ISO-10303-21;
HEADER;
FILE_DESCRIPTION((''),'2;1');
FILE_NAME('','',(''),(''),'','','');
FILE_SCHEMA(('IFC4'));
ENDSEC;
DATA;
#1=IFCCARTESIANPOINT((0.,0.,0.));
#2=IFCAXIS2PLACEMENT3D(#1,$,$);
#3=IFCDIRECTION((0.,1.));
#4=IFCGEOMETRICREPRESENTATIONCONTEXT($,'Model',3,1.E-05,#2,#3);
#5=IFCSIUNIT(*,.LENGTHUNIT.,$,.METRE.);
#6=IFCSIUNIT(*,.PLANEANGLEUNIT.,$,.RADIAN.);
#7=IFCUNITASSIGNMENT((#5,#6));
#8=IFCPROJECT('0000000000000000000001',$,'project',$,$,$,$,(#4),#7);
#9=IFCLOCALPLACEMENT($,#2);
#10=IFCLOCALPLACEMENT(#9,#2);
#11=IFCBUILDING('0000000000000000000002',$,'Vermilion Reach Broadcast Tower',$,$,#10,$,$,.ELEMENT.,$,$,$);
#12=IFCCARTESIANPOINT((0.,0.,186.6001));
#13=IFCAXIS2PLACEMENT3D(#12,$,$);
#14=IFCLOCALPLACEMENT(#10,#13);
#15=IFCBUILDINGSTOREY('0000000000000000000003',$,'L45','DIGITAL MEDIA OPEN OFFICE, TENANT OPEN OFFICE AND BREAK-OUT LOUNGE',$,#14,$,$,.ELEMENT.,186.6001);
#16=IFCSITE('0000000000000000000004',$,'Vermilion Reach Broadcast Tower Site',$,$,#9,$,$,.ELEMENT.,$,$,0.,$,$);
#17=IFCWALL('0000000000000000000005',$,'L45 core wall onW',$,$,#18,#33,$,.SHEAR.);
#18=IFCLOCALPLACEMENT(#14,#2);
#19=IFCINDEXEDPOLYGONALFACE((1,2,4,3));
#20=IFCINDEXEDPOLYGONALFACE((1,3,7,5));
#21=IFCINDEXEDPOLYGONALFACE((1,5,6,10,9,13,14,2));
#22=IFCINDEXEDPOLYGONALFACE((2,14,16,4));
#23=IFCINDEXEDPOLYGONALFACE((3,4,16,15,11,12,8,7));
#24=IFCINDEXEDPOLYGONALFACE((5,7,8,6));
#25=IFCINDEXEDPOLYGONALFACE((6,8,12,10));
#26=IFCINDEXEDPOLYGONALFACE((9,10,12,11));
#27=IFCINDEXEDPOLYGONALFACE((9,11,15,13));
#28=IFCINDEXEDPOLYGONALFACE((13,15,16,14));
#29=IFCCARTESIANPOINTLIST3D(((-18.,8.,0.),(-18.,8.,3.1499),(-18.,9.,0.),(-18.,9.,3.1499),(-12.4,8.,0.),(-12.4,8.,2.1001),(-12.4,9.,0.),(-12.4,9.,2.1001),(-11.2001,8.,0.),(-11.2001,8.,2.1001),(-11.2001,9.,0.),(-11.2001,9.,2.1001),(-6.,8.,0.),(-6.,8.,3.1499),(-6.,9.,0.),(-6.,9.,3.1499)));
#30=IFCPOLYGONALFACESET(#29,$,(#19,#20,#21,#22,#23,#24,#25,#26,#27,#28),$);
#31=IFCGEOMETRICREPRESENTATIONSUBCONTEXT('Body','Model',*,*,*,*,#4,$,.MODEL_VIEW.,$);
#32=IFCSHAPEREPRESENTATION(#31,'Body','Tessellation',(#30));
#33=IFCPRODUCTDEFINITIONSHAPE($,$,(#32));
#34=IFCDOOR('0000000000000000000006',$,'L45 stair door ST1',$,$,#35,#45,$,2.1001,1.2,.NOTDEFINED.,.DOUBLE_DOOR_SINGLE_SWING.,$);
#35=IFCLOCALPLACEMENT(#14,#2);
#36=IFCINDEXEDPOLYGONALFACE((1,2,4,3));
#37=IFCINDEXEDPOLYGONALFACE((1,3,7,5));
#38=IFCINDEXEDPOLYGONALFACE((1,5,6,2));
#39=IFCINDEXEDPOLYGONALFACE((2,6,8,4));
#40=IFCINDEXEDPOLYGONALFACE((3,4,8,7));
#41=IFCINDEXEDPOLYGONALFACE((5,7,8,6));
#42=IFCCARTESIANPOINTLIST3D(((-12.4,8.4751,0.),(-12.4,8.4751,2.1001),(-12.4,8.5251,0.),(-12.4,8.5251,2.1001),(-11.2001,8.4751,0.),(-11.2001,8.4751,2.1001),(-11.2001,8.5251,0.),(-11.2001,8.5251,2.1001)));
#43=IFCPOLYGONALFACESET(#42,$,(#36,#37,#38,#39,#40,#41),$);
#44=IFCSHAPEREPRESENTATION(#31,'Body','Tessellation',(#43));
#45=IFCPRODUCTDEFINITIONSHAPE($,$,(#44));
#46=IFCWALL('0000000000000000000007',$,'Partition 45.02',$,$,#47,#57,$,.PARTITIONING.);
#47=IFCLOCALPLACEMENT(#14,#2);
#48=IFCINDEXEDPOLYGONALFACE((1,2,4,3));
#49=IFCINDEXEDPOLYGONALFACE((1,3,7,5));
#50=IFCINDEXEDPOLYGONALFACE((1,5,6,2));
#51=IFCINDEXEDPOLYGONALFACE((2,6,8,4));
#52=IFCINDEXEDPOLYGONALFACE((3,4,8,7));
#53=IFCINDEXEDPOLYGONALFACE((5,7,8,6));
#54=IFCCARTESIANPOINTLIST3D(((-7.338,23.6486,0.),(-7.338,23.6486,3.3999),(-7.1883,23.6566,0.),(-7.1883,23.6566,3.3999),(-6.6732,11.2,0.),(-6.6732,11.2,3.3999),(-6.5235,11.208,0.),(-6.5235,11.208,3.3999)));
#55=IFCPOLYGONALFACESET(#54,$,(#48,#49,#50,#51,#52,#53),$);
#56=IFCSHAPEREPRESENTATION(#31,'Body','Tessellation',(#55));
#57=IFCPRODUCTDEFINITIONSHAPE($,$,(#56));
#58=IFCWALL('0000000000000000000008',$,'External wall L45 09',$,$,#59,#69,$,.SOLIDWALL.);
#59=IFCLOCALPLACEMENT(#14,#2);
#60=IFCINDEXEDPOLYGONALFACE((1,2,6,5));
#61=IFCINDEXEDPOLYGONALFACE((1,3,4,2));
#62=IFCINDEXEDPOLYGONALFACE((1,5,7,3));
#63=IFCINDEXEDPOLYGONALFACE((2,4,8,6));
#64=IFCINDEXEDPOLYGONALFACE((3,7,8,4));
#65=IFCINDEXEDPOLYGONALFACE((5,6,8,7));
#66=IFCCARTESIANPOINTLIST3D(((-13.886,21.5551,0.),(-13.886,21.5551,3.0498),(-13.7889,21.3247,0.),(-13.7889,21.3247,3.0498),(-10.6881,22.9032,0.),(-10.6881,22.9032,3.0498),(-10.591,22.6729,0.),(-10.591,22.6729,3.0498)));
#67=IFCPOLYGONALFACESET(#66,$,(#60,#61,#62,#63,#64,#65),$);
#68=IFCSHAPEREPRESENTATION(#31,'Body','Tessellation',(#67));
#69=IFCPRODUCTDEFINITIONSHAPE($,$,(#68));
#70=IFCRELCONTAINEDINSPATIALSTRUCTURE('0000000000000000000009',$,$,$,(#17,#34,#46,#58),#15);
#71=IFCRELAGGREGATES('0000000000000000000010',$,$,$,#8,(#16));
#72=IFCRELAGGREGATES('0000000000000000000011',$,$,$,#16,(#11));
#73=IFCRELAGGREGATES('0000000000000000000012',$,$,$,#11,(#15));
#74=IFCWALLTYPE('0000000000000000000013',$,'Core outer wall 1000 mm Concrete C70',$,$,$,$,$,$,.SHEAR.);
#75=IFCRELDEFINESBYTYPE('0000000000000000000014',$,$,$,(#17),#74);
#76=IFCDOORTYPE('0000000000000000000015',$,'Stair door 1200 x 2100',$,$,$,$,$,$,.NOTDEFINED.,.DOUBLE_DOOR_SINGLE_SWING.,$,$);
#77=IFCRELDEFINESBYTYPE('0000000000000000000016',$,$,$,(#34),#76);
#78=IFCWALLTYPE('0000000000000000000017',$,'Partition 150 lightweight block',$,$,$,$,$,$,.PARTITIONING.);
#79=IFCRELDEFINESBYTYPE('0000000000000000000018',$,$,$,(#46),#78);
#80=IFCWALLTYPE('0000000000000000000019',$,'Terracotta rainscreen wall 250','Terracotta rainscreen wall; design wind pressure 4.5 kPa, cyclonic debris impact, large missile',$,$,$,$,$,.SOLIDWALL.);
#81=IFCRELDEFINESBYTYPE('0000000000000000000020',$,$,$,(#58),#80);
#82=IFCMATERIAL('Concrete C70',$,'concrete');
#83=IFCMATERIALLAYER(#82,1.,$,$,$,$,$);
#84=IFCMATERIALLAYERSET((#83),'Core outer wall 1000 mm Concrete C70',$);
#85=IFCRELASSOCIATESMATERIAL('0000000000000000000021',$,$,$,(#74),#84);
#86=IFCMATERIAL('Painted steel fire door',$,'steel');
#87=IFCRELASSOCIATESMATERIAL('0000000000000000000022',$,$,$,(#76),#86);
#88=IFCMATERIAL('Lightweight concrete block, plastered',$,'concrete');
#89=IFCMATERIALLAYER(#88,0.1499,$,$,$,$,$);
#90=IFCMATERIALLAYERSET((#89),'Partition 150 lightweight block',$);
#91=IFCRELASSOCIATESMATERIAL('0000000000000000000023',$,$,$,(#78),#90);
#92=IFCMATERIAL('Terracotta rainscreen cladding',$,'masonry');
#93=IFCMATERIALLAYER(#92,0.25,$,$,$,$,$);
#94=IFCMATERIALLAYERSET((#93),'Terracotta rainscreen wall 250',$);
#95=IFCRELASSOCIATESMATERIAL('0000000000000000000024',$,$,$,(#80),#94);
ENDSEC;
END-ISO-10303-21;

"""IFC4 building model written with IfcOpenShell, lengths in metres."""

from ifc_helpers import new_model, si_unit, direction, frame, frame_2d, origin, place, context, subcontext, project, spatial, rectangle, extrude, material, layer, layer_set, type_object, element, fill, save


model = new_model("IFC4")

# Units and contexts
model_context = context("Model", 3, precision=1e-05, world=origin(), true_north=direction((0.0, 1.0)))
body_context = subcontext(model_context, "Body", "Model", "MODEL_VIEW")
ifc_project = project(units=[si_unit("LENGTHUNIT", "METRE"), si_unit("PLANEANGLEUNIT", "RADIAN")], contexts=[model_context])

# Site, building, storey
site_placement = place(None, origin())
site = spatial("IfcSite", under=ifc_project, at=site_placement, Name="Vermilion Reach Broadcast Tower Site", CompositionType="ELEMENT", RefElevation=0.0)
building_placement = place(site_placement, origin())
building = spatial("IfcBuilding", under=site, at=building_placement, Name="Vermilion Reach Broadcast Tower", CompositionType="ELEMENT")
storey_placement = place(building_placement, frame((0.0, 0.0, 186.6001)))
storey = spatial("IfcBuildingStorey", under=building, at=storey_placement, Name="L45", Description="DIGITAL MEDIA OPEN OFFICE, TENANT OPEN OFFICE AND BREAK-OUT LOUNGE", CompositionType="ELEMENT", Elevation=186.6001)

# Wall, opening, door
ifc_material_1 = material(Name="Concrete C70", Category="concrete")
ifc_layer_1 = layer(ifc_material_1, 1.0)
ifc_layer_set_1 = layer_set([ifc_layer_1], Name="Core outer wall 1000 mm Concrete C70")
wall_type_1 = type_object("IfcWallType", Name="Core outer wall 1000 mm Concrete C70", PredefinedType="SHEAR", material=ifc_layer_set_1)
wall_1_placement = place(storey_placement, frame((-6.0, 8.5, 0.0), z_axis=(0.0, 0.0, 1.0), x_axis=(-1.0, 0.0, 0.0)))
wall_1 = element("IfcWall", 1, at=wall_1_placement, inside=storey, type_object=wall_type_1, Name="L45 core wall onW", PredefinedType="SHEAR", context=body_context, shape_type="SweptSolid", body=[
    extrude(rectangle(XDim=12.0, YDim=1.0, at=frame_2d((6.0, 0.0))), origin(), (0.0, 0.0, 1.0), 3.1499),
])
opening_1_placement = place(wall_1_placement, frame((5.2, 0.0, 0.0)))
opening_1 = element("IfcOpeningElement", 2, at=opening_1_placement, cuts=wall_1, PredefinedType="OPENING", context=body_context, shape_type="SweptSolid", body=[
    extrude(rectangle(XDim=1.2, YDim=2.1001, at=frame_2d((0.6001, 1.05))), frame((0.0, 0.51, 0.0), z_axis=(0.0, -1.0, 0.0), x_axis=(1.0, 0.0, 0.0)), (0.0, 0.0, 1.0), 1.02),
])
ifc_material_2 = material(Name="Painted steel fire door", Category="steel")
door_type_1 = type_object("IfcDoorType", Name="Stair door 1200 x 2100", OperationType="DOUBLE_DOOR_SINGLE_SWING", PredefinedType="NOTDEFINED", material=ifc_material_2)
door_1_placement = place(opening_1_placement, origin())
door_1 = element("IfcDoor", 3, at=door_1_placement, inside=storey, type_object=door_type_1, Name="L45 stair door ST1", OperationType="DOUBLE_DOOR_SINGLE_SWING", OverallHeight=2.1001, OverallWidth=1.2, PredefinedType="NOTDEFINED", context=body_context, shape_type="SweptSolid", body=[
    extrude(rectangle(XDim=1.2, YDim=2.1001, at=frame_2d((0.6001, 1.05))), frame((0.0, 0.0249, 0.0), z_axis=(0.0, -1.0, 0.0), x_axis=(1.0, 0.0, 0.0)), (0.0, 0.0, 1.0), 0.05),
])
fill(opening_1, door_1)

# Wall
ifc_material_3 = material(Name="Lightweight concrete block, plastered", Category="concrete")
ifc_layer_2 = layer(ifc_material_3, 0.1499)
ifc_layer_set_2 = layer_set([ifc_layer_2], Name="Partition 150 lightweight block")
wall_type_2 = type_object("IfcWallType", Name="Partition 150 lightweight block", PredefinedType="PARTITIONING", material=ifc_layer_set_2)
wall_2_placement = place(storey_placement, frame((-7.2632, 23.6526, 0.0), z_axis=(0.0, 0.0, 1.0), x_axis=(0.053328, -0.998577, 0.0)))
element("IfcWall", 4, at=wall_2_placement, inside=storey, type_object=wall_type_2, Name="Partition 45.02", PredefinedType="PARTITIONING", context=body_context, shape_type="SweptSolid", body=[
    extrude(rectangle(XDim=12.4663, YDim=0.1499, at=frame_2d((6.2332, 0.0))), origin(), (0.0, 0.0, 1.0), 3.3999),
])

# Shared definitions
ifc_material_4 = material(Name="Terracotta rainscreen cladding", Category="masonry")
ifc_layer_3 = layer(ifc_material_4, 0.25)
ifc_layer_set_3 = layer_set([ifc_layer_3], Name="Terracotta rainscreen wall 250")
wall_type_3 = type_object("IfcWallType", Name="Terracotta rainscreen wall 250", Description="Terracotta rainscreen wall; design wind pressure 4.5 kPa, cyclonic debris impact, large missile", PredefinedType="SOLIDWALL", material=ifc_layer_set_3)

# Wall
wall_3_placement = place(storey_placement, frame((-10.6394, 22.7881, 0.0), z_axis=(0.0, 0.0, 1.0), x_axis=(-0.921468, -0.388453, 0.0)))
element("IfcWall", 5, at=wall_3_placement, inside=storey, type_object=wall_type_3, Name="External wall L45 09", PredefinedType="SOLIDWALL", context=body_context, shape_type="SweptSolid", body=[
    extrude(rectangle(XDim=3.4705, YDim=0.25, at=frame_2d((1.7354, 0.0))), origin(), (0.0, 0.0, 1.0), 3.0498),
])

save(model, "model.ifc")
